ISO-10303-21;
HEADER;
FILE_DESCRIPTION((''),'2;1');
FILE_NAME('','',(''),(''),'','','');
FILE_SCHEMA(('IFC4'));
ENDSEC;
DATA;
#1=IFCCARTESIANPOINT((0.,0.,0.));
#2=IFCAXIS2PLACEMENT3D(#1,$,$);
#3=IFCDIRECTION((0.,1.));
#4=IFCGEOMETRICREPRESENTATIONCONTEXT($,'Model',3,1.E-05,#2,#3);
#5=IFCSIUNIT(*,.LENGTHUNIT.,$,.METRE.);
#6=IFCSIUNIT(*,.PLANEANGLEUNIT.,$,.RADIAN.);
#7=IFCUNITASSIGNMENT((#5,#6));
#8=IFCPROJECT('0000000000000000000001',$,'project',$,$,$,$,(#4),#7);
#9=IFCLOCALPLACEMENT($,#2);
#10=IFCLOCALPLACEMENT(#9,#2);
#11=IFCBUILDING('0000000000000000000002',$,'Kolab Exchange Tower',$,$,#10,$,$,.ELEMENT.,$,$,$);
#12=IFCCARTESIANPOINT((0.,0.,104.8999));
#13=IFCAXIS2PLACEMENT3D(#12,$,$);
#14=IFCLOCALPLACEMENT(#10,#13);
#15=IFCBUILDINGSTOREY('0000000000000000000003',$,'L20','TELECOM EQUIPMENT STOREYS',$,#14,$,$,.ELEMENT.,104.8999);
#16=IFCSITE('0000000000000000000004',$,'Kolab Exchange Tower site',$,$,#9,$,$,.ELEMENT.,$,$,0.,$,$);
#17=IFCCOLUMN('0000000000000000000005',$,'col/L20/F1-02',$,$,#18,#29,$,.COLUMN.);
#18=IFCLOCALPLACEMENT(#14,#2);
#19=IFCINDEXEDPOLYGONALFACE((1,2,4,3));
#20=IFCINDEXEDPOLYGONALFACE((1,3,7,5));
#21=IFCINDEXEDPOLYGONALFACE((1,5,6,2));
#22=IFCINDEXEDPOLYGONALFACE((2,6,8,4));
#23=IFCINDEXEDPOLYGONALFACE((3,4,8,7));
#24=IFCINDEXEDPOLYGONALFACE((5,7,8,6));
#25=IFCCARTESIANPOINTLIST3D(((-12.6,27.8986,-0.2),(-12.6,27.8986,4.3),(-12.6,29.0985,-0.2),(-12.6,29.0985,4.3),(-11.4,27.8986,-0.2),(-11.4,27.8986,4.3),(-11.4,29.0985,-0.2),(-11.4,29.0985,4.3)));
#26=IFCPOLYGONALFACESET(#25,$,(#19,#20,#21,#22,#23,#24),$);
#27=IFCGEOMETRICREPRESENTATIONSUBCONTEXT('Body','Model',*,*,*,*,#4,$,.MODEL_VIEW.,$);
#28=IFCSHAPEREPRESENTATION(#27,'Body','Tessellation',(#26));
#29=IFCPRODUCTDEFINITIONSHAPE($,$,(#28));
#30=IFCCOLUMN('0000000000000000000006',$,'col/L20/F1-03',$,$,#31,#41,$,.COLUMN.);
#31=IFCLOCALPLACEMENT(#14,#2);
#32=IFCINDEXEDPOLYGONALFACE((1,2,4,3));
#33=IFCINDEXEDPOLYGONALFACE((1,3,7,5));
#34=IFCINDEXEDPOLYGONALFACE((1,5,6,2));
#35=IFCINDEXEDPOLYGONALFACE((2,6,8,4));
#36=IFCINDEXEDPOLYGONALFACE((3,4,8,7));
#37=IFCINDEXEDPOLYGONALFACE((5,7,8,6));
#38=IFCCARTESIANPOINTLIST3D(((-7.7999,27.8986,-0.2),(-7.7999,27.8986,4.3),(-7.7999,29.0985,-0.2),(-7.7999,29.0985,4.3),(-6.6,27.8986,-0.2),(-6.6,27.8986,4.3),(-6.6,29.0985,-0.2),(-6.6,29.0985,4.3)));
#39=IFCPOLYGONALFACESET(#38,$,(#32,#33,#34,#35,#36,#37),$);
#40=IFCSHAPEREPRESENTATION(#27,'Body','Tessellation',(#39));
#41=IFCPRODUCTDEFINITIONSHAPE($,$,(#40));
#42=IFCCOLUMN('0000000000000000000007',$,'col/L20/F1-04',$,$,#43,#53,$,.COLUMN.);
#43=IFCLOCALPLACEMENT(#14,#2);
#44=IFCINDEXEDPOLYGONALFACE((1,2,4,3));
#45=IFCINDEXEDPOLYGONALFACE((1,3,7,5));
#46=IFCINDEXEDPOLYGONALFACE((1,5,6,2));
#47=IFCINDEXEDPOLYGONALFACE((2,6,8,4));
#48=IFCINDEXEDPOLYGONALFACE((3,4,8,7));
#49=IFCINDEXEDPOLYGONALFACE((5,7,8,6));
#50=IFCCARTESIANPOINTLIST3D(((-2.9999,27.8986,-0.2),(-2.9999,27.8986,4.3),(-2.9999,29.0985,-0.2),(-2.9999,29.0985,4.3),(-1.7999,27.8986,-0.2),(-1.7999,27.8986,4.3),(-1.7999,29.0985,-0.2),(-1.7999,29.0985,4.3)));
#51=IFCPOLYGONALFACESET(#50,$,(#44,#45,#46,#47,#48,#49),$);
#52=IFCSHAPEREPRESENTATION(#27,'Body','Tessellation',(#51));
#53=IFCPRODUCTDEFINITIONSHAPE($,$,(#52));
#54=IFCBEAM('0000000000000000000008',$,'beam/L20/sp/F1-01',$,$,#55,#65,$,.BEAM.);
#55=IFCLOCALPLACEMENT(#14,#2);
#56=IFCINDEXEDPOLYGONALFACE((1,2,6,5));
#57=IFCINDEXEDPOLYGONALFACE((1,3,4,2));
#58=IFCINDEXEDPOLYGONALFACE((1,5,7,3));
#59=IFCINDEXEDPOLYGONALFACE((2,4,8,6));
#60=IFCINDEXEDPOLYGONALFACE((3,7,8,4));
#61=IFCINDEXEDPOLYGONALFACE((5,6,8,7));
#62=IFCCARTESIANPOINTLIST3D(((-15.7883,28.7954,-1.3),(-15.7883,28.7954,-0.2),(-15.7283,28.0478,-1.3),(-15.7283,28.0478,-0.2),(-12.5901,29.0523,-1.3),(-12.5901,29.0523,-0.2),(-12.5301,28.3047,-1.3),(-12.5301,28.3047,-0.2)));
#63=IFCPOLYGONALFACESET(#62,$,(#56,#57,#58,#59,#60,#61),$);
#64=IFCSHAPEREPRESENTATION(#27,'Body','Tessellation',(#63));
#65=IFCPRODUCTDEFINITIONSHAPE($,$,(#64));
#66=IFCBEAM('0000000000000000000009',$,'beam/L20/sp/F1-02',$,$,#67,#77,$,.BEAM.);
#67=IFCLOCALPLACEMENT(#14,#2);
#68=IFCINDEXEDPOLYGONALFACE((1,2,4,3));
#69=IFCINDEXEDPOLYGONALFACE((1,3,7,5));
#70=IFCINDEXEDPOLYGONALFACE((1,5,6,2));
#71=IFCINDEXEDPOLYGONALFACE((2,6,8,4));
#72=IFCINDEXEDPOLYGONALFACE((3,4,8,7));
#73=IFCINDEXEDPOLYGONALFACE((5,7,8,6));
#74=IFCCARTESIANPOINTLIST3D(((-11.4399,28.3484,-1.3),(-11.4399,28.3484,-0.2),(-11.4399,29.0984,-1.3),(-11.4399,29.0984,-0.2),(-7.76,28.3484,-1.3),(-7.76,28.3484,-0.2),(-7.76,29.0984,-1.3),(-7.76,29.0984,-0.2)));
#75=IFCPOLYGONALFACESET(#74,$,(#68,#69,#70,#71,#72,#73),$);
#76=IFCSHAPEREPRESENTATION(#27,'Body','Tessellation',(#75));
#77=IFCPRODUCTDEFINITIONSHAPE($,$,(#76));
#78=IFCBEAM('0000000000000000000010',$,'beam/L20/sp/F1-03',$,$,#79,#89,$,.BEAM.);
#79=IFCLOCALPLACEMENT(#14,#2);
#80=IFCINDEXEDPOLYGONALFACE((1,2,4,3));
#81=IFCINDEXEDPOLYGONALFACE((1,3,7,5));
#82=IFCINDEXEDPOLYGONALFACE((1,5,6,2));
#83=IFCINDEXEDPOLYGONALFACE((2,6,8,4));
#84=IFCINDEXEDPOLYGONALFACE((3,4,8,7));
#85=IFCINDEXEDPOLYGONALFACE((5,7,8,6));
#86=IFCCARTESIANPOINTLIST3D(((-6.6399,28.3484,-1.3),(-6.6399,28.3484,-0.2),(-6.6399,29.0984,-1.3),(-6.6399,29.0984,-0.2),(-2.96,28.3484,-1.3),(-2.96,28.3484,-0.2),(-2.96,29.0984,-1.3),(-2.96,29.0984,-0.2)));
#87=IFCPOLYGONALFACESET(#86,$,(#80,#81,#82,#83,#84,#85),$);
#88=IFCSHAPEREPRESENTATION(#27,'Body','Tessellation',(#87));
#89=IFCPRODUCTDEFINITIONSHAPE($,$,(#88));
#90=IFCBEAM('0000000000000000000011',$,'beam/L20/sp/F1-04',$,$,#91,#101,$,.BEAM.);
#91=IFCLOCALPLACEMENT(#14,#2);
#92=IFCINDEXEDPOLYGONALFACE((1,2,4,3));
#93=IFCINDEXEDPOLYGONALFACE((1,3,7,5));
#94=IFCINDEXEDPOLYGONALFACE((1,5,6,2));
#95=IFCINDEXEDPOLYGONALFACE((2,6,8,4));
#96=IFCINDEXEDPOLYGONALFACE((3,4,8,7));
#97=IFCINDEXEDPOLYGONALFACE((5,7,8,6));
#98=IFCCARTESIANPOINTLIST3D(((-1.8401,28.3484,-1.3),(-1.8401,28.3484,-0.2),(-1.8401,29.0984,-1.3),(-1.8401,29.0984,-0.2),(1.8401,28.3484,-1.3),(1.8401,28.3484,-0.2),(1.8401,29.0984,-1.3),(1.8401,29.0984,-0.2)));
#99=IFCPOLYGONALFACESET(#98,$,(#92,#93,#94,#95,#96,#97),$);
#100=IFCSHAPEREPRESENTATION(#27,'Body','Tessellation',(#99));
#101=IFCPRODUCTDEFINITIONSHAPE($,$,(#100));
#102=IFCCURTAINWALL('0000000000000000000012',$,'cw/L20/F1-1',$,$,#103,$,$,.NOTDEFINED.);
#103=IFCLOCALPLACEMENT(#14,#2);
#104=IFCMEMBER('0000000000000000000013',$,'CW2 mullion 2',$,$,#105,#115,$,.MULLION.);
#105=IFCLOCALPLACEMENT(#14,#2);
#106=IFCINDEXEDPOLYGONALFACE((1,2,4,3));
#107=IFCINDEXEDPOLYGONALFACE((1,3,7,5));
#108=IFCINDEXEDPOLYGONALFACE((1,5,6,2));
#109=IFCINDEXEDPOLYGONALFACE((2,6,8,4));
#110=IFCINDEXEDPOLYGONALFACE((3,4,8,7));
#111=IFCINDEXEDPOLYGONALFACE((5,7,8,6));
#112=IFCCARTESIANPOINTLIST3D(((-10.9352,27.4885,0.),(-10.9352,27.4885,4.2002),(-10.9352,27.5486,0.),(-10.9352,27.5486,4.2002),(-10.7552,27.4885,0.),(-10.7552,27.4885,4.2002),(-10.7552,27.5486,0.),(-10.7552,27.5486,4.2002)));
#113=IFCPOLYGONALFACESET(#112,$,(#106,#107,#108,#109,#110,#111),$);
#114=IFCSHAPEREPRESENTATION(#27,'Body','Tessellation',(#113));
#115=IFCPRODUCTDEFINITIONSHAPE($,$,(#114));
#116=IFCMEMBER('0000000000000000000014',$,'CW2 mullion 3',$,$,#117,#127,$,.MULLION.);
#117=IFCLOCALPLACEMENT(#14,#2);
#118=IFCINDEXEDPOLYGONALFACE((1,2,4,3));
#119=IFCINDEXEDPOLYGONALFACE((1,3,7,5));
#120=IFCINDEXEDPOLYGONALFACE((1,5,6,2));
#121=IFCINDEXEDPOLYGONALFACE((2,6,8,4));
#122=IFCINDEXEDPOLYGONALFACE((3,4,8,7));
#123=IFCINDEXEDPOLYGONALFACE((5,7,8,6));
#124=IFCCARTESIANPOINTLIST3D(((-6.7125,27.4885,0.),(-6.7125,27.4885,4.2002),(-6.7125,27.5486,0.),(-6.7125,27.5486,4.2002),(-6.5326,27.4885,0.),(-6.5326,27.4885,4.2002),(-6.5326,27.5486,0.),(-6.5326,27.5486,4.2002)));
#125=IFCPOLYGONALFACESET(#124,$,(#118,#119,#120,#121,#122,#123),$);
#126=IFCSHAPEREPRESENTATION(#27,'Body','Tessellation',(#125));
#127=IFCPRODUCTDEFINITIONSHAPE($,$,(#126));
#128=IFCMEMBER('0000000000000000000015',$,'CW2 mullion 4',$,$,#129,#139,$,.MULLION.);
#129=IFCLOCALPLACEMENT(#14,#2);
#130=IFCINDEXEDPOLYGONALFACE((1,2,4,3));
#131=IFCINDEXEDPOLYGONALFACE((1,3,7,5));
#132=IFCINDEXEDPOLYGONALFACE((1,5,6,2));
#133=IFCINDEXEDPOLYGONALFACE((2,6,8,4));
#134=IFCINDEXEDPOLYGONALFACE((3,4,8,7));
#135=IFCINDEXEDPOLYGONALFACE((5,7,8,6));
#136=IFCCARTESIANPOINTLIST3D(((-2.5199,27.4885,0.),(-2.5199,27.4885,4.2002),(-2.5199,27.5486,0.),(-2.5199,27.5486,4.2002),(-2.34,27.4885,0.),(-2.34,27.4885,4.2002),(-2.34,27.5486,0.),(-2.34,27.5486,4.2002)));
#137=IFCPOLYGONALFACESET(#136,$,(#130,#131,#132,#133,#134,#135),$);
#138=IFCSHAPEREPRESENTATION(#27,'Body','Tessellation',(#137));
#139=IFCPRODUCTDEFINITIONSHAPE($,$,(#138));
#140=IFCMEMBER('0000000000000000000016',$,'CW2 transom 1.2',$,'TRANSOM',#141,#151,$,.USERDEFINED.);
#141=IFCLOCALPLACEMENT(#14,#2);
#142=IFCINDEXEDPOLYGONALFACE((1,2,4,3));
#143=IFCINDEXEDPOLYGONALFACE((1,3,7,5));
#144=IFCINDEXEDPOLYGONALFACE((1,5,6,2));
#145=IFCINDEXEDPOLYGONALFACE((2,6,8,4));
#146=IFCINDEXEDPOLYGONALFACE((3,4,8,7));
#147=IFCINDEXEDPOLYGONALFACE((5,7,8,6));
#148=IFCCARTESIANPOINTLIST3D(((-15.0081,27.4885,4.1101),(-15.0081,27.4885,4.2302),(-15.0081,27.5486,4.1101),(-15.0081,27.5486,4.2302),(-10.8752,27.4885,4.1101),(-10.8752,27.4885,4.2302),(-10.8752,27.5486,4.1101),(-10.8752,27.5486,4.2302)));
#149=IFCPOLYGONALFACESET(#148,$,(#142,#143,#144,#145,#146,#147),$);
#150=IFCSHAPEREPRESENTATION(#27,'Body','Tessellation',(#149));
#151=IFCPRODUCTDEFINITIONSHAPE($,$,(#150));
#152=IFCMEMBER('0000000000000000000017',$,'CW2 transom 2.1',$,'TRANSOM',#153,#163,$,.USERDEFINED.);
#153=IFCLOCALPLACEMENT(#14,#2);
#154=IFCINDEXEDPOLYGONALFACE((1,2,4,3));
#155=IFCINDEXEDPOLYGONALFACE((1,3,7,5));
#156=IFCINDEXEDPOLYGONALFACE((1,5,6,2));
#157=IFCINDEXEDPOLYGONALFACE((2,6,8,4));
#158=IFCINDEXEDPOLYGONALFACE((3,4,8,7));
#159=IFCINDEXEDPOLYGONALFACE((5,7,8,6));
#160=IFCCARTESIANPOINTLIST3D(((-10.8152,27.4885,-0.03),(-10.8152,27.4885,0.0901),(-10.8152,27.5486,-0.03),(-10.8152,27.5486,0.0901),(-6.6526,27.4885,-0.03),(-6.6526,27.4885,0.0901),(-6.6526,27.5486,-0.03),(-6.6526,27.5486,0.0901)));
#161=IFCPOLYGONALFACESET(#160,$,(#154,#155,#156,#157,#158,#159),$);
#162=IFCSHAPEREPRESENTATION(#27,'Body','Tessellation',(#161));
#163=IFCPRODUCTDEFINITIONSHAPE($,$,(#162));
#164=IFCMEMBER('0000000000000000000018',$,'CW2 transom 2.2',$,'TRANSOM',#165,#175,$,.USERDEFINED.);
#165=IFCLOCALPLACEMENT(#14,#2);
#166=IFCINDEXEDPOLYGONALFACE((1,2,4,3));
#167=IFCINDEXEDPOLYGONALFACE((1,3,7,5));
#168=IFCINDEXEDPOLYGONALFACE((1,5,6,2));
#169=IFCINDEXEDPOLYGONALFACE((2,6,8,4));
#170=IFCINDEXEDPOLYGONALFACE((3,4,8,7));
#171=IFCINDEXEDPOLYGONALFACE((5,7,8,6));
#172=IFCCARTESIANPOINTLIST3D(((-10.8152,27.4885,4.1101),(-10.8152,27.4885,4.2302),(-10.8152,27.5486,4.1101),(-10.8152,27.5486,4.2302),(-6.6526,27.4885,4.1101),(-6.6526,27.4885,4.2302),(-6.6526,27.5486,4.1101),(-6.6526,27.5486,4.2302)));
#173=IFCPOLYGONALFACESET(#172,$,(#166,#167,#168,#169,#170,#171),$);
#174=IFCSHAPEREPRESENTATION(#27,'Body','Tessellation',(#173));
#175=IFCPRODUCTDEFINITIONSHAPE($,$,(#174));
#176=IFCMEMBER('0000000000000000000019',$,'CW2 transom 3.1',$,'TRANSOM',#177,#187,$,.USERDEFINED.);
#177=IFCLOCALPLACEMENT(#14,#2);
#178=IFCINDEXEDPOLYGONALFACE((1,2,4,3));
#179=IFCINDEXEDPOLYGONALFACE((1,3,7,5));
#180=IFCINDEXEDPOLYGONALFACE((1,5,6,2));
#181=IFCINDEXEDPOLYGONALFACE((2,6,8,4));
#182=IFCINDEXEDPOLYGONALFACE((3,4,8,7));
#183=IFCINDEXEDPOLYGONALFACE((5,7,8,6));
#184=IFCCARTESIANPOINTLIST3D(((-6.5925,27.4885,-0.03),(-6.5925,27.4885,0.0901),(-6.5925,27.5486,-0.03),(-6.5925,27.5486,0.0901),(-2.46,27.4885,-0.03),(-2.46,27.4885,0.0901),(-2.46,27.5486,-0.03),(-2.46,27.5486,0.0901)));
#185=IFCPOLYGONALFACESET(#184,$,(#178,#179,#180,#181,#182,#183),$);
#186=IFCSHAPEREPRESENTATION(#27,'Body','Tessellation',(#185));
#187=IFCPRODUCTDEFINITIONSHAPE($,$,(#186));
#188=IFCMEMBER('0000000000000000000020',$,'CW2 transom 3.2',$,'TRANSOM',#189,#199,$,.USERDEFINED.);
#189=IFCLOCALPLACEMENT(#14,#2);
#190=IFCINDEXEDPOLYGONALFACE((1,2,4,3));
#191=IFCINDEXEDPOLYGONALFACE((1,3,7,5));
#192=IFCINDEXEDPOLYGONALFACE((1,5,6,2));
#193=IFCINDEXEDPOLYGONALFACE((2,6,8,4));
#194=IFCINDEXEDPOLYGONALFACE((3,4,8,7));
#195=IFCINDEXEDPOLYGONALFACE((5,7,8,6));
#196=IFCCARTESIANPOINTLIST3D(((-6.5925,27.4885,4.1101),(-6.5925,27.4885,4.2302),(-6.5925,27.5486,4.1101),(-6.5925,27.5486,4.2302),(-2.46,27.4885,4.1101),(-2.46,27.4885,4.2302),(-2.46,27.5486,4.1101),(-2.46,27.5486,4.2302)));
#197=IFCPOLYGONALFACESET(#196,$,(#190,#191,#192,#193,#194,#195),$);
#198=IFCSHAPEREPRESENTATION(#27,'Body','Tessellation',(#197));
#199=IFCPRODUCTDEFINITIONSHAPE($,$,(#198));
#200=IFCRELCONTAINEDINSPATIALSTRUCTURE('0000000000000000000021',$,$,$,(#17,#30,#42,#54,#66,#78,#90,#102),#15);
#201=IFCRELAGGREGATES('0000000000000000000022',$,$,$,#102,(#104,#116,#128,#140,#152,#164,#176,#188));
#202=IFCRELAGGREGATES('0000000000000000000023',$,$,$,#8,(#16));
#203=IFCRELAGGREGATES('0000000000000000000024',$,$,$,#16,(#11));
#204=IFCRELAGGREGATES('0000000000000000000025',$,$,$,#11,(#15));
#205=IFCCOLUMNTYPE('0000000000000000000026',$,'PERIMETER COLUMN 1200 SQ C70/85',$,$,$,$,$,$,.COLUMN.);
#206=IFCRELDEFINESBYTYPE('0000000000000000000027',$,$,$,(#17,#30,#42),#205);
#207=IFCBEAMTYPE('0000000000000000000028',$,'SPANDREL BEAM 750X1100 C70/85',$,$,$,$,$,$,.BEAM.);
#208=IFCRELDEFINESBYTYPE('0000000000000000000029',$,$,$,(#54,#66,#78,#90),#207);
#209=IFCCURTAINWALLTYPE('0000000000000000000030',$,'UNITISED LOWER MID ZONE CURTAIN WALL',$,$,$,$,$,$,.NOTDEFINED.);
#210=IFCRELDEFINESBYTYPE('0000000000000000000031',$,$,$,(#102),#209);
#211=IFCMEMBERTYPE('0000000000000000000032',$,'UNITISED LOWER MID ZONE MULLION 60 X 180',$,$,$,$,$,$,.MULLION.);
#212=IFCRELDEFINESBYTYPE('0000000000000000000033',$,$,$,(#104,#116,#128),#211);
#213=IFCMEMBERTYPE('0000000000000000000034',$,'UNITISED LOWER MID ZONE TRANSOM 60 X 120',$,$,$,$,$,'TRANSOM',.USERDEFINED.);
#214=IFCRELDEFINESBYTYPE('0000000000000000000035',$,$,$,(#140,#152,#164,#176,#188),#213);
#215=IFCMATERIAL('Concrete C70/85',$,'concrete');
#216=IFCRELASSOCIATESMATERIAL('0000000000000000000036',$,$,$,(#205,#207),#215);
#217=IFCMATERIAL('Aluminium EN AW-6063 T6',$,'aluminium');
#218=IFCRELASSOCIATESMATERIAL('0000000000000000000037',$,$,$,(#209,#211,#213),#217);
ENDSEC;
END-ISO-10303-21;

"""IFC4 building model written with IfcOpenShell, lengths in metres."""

from ifc_helpers import new_model, si_unit, direction, frame, origin, origin_2d, place, context, subcontext, project, spatial, rectangle, extrude, material, material_profile, profile_set, type_object, element, aggregate, save


model = new_model("IFC4")

# Units and contexts
model_context = context("Model", 3, precision=1e-05, world=origin(), true_north=direction((0.0, 1.0)))
body_context = subcontext(model_context, "Body", "Model", "MODEL_VIEW")
ifc_project = project(units=[si_unit("LENGTHUNIT", "METRE"), si_unit("PLANEANGLEUNIT", "RADIAN")], contexts=[model_context])

# Site, building, storey
site_placement = place(None, origin())
site = spatial("IfcSite", under=ifc_project, at=site_placement, Name="Kolab Exchange Tower site", CompositionType="ELEMENT", RefElevation=0.0)
building_placement = place(site_placement, origin())
building = spatial("IfcBuilding", under=site, at=building_placement, Name="Kolab Exchange Tower", CompositionType="ELEMENT")
storey_placement = place(building_placement, frame((0.0, 0.0, 104.8999)))
storey = spatial("IfcBuildingStorey", under=building, at=storey_placement, Name="L20", Description="TELECOM EQUIPMENT STOREYS", CompositionType="ELEMENT", Elevation=104.8999)

# Columns
ifc_material_1 = material(Name="Concrete C70/85", Category="concrete")
ifc_material_profile_1 = material_profile(ifc_material_1, rectangle(XDim=1.2, YDim=1.2, at=origin_2d()), Name="RC1200")
ifc_profile_set_1 = profile_set([ifc_material_profile_1], Name="Concrete C70/85")
column_type = type_object("IfcColumnType", Name="PERIMETER COLUMN 1200 SQ C70/85", PredefinedType="COLUMN", material=ifc_profile_set_1)
for number, where, z_axis, x_axis, name in (
    (1, (-12.0, 28.4985, -0.2), (0.0, 0.0, 1.0), (1.0, 0.0, 0.0), "col/L20/F1-02"),
    (2, (-7.2, 28.4985, -0.2), (0.0, 0.0, 1.0), (1.0, 0.0, 0.0), "col/L20/F1-03"),
    (3, (-2.3999, 28.4985, -0.2), (0.0, 0.0, 1.0), (1.0, 0.0, 0.0), "col/L20/F1-04"),
):
    element("IfcColumn", number, at=place(storey_placement, frame(where, z_axis=z_axis, x_axis=x_axis)), inside=storey, type_object=column_type, Name=name, PredefinedType="COLUMN", context=body_context, shape_type="SweptSolid", body=[
        extrude(rectangle(XDim=1.2, YDim=1.2, at=origin_2d()), origin(), (0.0, 0.0, 1.0), 4.5),
    ])

# Beams
ifc_material_profile_2 = material_profile(ifc_material_1, rectangle(XDim=0.75, YDim=1.1001, at=origin_2d()), Name="RC750X1100")
ifc_profile_set_2 = profile_set([ifc_material_profile_2], Name="Concrete C70/85")
beam_type = type_object("IfcBeamType", Name="SPANDREL BEAM 750X1100 C70/85", PredefinedType="BEAM", material=ifc_profile_set_2)
beam_1_placement = place(storey_placement, frame((-15.7583, 28.4216, -0.75), z_axis=(0.996791, 0.080048, 0.0), x_axis=(-0.080048, 0.996791, 0.0)))
element("IfcBeam", 4, at=beam_1_placement, inside=storey, type_object=beam_type, Name="beam/L20/sp/F1-01", PredefinedType="BEAM", context=body_context, shape_type="SweptSolid", body=[
    extrude(rectangle(XDim=0.75, YDim=1.1001, at=origin_2d()), origin(), (0.0, 0.0, 1.0), 3.2085),
])
for number, where, z_axis, x_axis, name in (
    (5, (-11.4399, 28.7234, -0.75), (1.0, 0.0, 0.0), (0.0, 1.0, 0.0), "beam/L20/sp/F1-02"),
    (6, (-6.6399, 28.7234, -0.75), (1.0, 0.0, 0.0), (0.0, 1.0, 0.0), "beam/L20/sp/F1-03"),
):
    element("IfcBeam", number, at=place(storey_placement, frame(where, z_axis=z_axis, x_axis=x_axis)), inside=storey, type_object=beam_type, Name=name, PredefinedType="BEAM", context=body_context, shape_type="SweptSolid", body=[
        extrude(rectangle(XDim=0.75, YDim=1.1001, at=origin_2d()), origin(), (0.0, 0.0, 1.0), 3.6799),
    ])
beam_2_placement = place(storey_placement, frame((-1.8401, 28.7234, -0.75), z_axis=(1.0, 0.0, 0.0), x_axis=(0.0, 1.0, 0.0)))
element("IfcBeam", 7, at=beam_2_placement, inside=storey, type_object=beam_type, Name="beam/L20/sp/F1-04", PredefinedType="BEAM", context=body_context, shape_type="SweptSolid", body=[
    extrude(rectangle(XDim=0.75, YDim=1.1001, at=origin_2d()), origin(), (0.0, 0.0, 1.0), 3.6802),
])

# Curtain wall, members
ifc_material_2 = material(Name="Aluminium EN AW-6063 T6", Category="aluminium")
curtain_wall_type = type_object("IfcCurtainWallType", Name="UNITISED LOWER MID ZONE CURTAIN WALL", PredefinedType="NOTDEFINED", material=ifc_material_2)
curtain_wall_placement = place(storey_placement, origin())
curtain_wall = element("IfcCurtainWall", 8, at=curtain_wall_placement, inside=storey, type_object=curtain_wall_type, Name="cw/L20/F1-1", PredefinedType="NOTDEFINED")
ifc_material_profile_3 = material_profile(ifc_material_2, rectangle(XDim=0.0601, YDim=0.1799, at=origin_2d()), Name="RECT 60X180")
ifc_profile_set_3 = profile_set([ifc_material_profile_3], Name="Aluminium EN AW-6063 T6")
member_type_1 = type_object("IfcMemberType", Name="UNITISED LOWER MID ZONE MULLION 60 X 180", PredefinedType="MULLION", material=ifc_profile_set_3)
member_1_placement = place(storey_placement, frame((-10.8452, 27.5186, 0.0), z_axis=(0.0, 0.0, 1.0), x_axis=(0.0, 1.0, 0.0)))
member_1 = element("IfcMember", 9, at=member_1_placement, type_object=member_type_1, Name="CW2 mullion 2", PredefinedType="MULLION", context=body_context, shape_type="SweptSolid", body=[
    extrude(rectangle(XDim=0.0601, YDim=0.1799, at=origin_2d()), origin(), (0.0, 0.0, 1.0), 4.2002),
])
member_2_placement = place(storey_placement, frame((-6.6226, 27.5186, 0.0), z_axis=(0.0, 0.0, 1.0), x_axis=(0.0, 1.0, 0.0)))
member_2 = element("IfcMember", 10, at=member_2_placement, type_object=member_type_1, Name="CW2 mullion 3", PredefinedType="MULLION", context=body_context, shape_type="SweptSolid", body=[
    extrude(rectangle(XDim=0.0601, YDim=0.1799, at=origin_2d()), origin(), (0.0, 0.0, 1.0), 4.2002),
])
member_3_placement = place(storey_placement, frame((-2.4299, 27.5186, 0.0), z_axis=(0.0, 0.0, 1.0), x_axis=(0.0, 1.0, 0.0)))
member_3 = element("IfcMember", 11, at=member_3_placement, type_object=member_type_1, Name="CW2 mullion 4", PredefinedType="MULLION", context=body_context, shape_type="SweptSolid", body=[
    extrude(rectangle(XDim=0.0601, YDim=0.1799, at=origin_2d()), origin(), (0.0, 0.0, 1.0), 4.2002),
])
ifc_material_profile_4 = material_profile(ifc_material_2, rectangle(XDim=0.0601, YDim=0.1201, at=origin_2d()), Name="RECT 60X120")
ifc_profile_set_4 = profile_set([ifc_material_profile_4], Name="Aluminium EN AW-6063 T6")
member_type_2 = type_object("IfcMemberType", Name="UNITISED LOWER MID ZONE TRANSOM 60 X 120", ElementType="TRANSOM", PredefinedType="USERDEFINED", material=ifc_profile_set_4)
member_4_placement = place(storey_placement, frame((-15.0081, 27.5186, 4.1702), z_axis=(1.0, 0.0, 0.0), x_axis=(0.0, 1.0, 0.0)))
member_4 = element("IfcMember", 12, at=member_4_placement, type_object=member_type_2, Name="CW2 transom 1.2", ObjectType="TRANSOM", PredefinedType="USERDEFINED", context=body_context, shape_type="SweptSolid", body=[
    extrude(rectangle(XDim=0.0601, YDim=0.1201, at=origin_2d()), origin(), (0.0, 0.0, 1.0), 4.1328),
])
member_5_placement = place(storey_placement, frame((-10.8152, 27.5186, 0.03), z_axis=(1.0, 0.0, 0.0), x_axis=(0.0, 1.0, 0.0)))
member_5 = element("IfcMember", 13, at=member_5_placement, type_object=member_type_2, Name="CW2 transom 2.1", ObjectType="TRANSOM", PredefinedType="USERDEFINED", context=body_context, shape_type="SweptSolid", body=[
    extrude(rectangle(XDim=0.0601, YDim=0.1201, at=origin_2d()), origin(), (0.0, 0.0, 1.0), 4.1626),
])
member_6_placement = place(storey_placement, frame((-10.8152, 27.5186, 4.1702), z_axis=(1.0, 0.0, 0.0), x_axis=(0.0, 1.0, 0.0)))
member_6 = element("IfcMember", 14, at=member_6_placement, type_object=member_type_2, Name="CW2 transom 2.2", ObjectType="TRANSOM", PredefinedType="USERDEFINED", context=body_context, shape_type="SweptSolid", body=[
    extrude(rectangle(XDim=0.0601, YDim=0.1201, at=origin_2d()), origin(), (0.0, 0.0, 1.0), 4.1626),
])
member_7_placement = place(storey_placement, frame((-6.5925, 27.5186, 0.03), z_axis=(1.0, 0.0, 0.0), x_axis=(0.0, 1.0, 0.0)))
member_7 = element("IfcMember", 15, at=member_7_placement, type_object=member_type_2, Name="CW2 transom 3.1", ObjectType="TRANSOM", PredefinedType="USERDEFINED", context=body_context, shape_type="SweptSolid", body=[
    extrude(rectangle(XDim=0.0601, YDim=0.1201, at=origin_2d()), origin(), (0.0, 0.0, 1.0), 4.1326),
])
member_8_placement = place(storey_placement, frame((-6.5925, 27.5186, 4.1702), z_axis=(1.0, 0.0, 0.0), x_axis=(0.0, 1.0, 0.0)))
member_8 = element("IfcMember", 16, at=member_8_placement, type_object=member_type_2, Name="CW2 transom 3.2", ObjectType="TRANSOM", PredefinedType="USERDEFINED", context=body_context, shape_type="SweptSolid", body=[
    extrude(rectangle(XDim=0.0601, YDim=0.1201, at=origin_2d()), origin(), (0.0, 0.0, 1.0), 4.1326),
])
aggregate(curtain_wall, [member_1, member_2, member_3, member_4, member_5, member_6, member_7, member_8])

save(model, "model.ifc")
